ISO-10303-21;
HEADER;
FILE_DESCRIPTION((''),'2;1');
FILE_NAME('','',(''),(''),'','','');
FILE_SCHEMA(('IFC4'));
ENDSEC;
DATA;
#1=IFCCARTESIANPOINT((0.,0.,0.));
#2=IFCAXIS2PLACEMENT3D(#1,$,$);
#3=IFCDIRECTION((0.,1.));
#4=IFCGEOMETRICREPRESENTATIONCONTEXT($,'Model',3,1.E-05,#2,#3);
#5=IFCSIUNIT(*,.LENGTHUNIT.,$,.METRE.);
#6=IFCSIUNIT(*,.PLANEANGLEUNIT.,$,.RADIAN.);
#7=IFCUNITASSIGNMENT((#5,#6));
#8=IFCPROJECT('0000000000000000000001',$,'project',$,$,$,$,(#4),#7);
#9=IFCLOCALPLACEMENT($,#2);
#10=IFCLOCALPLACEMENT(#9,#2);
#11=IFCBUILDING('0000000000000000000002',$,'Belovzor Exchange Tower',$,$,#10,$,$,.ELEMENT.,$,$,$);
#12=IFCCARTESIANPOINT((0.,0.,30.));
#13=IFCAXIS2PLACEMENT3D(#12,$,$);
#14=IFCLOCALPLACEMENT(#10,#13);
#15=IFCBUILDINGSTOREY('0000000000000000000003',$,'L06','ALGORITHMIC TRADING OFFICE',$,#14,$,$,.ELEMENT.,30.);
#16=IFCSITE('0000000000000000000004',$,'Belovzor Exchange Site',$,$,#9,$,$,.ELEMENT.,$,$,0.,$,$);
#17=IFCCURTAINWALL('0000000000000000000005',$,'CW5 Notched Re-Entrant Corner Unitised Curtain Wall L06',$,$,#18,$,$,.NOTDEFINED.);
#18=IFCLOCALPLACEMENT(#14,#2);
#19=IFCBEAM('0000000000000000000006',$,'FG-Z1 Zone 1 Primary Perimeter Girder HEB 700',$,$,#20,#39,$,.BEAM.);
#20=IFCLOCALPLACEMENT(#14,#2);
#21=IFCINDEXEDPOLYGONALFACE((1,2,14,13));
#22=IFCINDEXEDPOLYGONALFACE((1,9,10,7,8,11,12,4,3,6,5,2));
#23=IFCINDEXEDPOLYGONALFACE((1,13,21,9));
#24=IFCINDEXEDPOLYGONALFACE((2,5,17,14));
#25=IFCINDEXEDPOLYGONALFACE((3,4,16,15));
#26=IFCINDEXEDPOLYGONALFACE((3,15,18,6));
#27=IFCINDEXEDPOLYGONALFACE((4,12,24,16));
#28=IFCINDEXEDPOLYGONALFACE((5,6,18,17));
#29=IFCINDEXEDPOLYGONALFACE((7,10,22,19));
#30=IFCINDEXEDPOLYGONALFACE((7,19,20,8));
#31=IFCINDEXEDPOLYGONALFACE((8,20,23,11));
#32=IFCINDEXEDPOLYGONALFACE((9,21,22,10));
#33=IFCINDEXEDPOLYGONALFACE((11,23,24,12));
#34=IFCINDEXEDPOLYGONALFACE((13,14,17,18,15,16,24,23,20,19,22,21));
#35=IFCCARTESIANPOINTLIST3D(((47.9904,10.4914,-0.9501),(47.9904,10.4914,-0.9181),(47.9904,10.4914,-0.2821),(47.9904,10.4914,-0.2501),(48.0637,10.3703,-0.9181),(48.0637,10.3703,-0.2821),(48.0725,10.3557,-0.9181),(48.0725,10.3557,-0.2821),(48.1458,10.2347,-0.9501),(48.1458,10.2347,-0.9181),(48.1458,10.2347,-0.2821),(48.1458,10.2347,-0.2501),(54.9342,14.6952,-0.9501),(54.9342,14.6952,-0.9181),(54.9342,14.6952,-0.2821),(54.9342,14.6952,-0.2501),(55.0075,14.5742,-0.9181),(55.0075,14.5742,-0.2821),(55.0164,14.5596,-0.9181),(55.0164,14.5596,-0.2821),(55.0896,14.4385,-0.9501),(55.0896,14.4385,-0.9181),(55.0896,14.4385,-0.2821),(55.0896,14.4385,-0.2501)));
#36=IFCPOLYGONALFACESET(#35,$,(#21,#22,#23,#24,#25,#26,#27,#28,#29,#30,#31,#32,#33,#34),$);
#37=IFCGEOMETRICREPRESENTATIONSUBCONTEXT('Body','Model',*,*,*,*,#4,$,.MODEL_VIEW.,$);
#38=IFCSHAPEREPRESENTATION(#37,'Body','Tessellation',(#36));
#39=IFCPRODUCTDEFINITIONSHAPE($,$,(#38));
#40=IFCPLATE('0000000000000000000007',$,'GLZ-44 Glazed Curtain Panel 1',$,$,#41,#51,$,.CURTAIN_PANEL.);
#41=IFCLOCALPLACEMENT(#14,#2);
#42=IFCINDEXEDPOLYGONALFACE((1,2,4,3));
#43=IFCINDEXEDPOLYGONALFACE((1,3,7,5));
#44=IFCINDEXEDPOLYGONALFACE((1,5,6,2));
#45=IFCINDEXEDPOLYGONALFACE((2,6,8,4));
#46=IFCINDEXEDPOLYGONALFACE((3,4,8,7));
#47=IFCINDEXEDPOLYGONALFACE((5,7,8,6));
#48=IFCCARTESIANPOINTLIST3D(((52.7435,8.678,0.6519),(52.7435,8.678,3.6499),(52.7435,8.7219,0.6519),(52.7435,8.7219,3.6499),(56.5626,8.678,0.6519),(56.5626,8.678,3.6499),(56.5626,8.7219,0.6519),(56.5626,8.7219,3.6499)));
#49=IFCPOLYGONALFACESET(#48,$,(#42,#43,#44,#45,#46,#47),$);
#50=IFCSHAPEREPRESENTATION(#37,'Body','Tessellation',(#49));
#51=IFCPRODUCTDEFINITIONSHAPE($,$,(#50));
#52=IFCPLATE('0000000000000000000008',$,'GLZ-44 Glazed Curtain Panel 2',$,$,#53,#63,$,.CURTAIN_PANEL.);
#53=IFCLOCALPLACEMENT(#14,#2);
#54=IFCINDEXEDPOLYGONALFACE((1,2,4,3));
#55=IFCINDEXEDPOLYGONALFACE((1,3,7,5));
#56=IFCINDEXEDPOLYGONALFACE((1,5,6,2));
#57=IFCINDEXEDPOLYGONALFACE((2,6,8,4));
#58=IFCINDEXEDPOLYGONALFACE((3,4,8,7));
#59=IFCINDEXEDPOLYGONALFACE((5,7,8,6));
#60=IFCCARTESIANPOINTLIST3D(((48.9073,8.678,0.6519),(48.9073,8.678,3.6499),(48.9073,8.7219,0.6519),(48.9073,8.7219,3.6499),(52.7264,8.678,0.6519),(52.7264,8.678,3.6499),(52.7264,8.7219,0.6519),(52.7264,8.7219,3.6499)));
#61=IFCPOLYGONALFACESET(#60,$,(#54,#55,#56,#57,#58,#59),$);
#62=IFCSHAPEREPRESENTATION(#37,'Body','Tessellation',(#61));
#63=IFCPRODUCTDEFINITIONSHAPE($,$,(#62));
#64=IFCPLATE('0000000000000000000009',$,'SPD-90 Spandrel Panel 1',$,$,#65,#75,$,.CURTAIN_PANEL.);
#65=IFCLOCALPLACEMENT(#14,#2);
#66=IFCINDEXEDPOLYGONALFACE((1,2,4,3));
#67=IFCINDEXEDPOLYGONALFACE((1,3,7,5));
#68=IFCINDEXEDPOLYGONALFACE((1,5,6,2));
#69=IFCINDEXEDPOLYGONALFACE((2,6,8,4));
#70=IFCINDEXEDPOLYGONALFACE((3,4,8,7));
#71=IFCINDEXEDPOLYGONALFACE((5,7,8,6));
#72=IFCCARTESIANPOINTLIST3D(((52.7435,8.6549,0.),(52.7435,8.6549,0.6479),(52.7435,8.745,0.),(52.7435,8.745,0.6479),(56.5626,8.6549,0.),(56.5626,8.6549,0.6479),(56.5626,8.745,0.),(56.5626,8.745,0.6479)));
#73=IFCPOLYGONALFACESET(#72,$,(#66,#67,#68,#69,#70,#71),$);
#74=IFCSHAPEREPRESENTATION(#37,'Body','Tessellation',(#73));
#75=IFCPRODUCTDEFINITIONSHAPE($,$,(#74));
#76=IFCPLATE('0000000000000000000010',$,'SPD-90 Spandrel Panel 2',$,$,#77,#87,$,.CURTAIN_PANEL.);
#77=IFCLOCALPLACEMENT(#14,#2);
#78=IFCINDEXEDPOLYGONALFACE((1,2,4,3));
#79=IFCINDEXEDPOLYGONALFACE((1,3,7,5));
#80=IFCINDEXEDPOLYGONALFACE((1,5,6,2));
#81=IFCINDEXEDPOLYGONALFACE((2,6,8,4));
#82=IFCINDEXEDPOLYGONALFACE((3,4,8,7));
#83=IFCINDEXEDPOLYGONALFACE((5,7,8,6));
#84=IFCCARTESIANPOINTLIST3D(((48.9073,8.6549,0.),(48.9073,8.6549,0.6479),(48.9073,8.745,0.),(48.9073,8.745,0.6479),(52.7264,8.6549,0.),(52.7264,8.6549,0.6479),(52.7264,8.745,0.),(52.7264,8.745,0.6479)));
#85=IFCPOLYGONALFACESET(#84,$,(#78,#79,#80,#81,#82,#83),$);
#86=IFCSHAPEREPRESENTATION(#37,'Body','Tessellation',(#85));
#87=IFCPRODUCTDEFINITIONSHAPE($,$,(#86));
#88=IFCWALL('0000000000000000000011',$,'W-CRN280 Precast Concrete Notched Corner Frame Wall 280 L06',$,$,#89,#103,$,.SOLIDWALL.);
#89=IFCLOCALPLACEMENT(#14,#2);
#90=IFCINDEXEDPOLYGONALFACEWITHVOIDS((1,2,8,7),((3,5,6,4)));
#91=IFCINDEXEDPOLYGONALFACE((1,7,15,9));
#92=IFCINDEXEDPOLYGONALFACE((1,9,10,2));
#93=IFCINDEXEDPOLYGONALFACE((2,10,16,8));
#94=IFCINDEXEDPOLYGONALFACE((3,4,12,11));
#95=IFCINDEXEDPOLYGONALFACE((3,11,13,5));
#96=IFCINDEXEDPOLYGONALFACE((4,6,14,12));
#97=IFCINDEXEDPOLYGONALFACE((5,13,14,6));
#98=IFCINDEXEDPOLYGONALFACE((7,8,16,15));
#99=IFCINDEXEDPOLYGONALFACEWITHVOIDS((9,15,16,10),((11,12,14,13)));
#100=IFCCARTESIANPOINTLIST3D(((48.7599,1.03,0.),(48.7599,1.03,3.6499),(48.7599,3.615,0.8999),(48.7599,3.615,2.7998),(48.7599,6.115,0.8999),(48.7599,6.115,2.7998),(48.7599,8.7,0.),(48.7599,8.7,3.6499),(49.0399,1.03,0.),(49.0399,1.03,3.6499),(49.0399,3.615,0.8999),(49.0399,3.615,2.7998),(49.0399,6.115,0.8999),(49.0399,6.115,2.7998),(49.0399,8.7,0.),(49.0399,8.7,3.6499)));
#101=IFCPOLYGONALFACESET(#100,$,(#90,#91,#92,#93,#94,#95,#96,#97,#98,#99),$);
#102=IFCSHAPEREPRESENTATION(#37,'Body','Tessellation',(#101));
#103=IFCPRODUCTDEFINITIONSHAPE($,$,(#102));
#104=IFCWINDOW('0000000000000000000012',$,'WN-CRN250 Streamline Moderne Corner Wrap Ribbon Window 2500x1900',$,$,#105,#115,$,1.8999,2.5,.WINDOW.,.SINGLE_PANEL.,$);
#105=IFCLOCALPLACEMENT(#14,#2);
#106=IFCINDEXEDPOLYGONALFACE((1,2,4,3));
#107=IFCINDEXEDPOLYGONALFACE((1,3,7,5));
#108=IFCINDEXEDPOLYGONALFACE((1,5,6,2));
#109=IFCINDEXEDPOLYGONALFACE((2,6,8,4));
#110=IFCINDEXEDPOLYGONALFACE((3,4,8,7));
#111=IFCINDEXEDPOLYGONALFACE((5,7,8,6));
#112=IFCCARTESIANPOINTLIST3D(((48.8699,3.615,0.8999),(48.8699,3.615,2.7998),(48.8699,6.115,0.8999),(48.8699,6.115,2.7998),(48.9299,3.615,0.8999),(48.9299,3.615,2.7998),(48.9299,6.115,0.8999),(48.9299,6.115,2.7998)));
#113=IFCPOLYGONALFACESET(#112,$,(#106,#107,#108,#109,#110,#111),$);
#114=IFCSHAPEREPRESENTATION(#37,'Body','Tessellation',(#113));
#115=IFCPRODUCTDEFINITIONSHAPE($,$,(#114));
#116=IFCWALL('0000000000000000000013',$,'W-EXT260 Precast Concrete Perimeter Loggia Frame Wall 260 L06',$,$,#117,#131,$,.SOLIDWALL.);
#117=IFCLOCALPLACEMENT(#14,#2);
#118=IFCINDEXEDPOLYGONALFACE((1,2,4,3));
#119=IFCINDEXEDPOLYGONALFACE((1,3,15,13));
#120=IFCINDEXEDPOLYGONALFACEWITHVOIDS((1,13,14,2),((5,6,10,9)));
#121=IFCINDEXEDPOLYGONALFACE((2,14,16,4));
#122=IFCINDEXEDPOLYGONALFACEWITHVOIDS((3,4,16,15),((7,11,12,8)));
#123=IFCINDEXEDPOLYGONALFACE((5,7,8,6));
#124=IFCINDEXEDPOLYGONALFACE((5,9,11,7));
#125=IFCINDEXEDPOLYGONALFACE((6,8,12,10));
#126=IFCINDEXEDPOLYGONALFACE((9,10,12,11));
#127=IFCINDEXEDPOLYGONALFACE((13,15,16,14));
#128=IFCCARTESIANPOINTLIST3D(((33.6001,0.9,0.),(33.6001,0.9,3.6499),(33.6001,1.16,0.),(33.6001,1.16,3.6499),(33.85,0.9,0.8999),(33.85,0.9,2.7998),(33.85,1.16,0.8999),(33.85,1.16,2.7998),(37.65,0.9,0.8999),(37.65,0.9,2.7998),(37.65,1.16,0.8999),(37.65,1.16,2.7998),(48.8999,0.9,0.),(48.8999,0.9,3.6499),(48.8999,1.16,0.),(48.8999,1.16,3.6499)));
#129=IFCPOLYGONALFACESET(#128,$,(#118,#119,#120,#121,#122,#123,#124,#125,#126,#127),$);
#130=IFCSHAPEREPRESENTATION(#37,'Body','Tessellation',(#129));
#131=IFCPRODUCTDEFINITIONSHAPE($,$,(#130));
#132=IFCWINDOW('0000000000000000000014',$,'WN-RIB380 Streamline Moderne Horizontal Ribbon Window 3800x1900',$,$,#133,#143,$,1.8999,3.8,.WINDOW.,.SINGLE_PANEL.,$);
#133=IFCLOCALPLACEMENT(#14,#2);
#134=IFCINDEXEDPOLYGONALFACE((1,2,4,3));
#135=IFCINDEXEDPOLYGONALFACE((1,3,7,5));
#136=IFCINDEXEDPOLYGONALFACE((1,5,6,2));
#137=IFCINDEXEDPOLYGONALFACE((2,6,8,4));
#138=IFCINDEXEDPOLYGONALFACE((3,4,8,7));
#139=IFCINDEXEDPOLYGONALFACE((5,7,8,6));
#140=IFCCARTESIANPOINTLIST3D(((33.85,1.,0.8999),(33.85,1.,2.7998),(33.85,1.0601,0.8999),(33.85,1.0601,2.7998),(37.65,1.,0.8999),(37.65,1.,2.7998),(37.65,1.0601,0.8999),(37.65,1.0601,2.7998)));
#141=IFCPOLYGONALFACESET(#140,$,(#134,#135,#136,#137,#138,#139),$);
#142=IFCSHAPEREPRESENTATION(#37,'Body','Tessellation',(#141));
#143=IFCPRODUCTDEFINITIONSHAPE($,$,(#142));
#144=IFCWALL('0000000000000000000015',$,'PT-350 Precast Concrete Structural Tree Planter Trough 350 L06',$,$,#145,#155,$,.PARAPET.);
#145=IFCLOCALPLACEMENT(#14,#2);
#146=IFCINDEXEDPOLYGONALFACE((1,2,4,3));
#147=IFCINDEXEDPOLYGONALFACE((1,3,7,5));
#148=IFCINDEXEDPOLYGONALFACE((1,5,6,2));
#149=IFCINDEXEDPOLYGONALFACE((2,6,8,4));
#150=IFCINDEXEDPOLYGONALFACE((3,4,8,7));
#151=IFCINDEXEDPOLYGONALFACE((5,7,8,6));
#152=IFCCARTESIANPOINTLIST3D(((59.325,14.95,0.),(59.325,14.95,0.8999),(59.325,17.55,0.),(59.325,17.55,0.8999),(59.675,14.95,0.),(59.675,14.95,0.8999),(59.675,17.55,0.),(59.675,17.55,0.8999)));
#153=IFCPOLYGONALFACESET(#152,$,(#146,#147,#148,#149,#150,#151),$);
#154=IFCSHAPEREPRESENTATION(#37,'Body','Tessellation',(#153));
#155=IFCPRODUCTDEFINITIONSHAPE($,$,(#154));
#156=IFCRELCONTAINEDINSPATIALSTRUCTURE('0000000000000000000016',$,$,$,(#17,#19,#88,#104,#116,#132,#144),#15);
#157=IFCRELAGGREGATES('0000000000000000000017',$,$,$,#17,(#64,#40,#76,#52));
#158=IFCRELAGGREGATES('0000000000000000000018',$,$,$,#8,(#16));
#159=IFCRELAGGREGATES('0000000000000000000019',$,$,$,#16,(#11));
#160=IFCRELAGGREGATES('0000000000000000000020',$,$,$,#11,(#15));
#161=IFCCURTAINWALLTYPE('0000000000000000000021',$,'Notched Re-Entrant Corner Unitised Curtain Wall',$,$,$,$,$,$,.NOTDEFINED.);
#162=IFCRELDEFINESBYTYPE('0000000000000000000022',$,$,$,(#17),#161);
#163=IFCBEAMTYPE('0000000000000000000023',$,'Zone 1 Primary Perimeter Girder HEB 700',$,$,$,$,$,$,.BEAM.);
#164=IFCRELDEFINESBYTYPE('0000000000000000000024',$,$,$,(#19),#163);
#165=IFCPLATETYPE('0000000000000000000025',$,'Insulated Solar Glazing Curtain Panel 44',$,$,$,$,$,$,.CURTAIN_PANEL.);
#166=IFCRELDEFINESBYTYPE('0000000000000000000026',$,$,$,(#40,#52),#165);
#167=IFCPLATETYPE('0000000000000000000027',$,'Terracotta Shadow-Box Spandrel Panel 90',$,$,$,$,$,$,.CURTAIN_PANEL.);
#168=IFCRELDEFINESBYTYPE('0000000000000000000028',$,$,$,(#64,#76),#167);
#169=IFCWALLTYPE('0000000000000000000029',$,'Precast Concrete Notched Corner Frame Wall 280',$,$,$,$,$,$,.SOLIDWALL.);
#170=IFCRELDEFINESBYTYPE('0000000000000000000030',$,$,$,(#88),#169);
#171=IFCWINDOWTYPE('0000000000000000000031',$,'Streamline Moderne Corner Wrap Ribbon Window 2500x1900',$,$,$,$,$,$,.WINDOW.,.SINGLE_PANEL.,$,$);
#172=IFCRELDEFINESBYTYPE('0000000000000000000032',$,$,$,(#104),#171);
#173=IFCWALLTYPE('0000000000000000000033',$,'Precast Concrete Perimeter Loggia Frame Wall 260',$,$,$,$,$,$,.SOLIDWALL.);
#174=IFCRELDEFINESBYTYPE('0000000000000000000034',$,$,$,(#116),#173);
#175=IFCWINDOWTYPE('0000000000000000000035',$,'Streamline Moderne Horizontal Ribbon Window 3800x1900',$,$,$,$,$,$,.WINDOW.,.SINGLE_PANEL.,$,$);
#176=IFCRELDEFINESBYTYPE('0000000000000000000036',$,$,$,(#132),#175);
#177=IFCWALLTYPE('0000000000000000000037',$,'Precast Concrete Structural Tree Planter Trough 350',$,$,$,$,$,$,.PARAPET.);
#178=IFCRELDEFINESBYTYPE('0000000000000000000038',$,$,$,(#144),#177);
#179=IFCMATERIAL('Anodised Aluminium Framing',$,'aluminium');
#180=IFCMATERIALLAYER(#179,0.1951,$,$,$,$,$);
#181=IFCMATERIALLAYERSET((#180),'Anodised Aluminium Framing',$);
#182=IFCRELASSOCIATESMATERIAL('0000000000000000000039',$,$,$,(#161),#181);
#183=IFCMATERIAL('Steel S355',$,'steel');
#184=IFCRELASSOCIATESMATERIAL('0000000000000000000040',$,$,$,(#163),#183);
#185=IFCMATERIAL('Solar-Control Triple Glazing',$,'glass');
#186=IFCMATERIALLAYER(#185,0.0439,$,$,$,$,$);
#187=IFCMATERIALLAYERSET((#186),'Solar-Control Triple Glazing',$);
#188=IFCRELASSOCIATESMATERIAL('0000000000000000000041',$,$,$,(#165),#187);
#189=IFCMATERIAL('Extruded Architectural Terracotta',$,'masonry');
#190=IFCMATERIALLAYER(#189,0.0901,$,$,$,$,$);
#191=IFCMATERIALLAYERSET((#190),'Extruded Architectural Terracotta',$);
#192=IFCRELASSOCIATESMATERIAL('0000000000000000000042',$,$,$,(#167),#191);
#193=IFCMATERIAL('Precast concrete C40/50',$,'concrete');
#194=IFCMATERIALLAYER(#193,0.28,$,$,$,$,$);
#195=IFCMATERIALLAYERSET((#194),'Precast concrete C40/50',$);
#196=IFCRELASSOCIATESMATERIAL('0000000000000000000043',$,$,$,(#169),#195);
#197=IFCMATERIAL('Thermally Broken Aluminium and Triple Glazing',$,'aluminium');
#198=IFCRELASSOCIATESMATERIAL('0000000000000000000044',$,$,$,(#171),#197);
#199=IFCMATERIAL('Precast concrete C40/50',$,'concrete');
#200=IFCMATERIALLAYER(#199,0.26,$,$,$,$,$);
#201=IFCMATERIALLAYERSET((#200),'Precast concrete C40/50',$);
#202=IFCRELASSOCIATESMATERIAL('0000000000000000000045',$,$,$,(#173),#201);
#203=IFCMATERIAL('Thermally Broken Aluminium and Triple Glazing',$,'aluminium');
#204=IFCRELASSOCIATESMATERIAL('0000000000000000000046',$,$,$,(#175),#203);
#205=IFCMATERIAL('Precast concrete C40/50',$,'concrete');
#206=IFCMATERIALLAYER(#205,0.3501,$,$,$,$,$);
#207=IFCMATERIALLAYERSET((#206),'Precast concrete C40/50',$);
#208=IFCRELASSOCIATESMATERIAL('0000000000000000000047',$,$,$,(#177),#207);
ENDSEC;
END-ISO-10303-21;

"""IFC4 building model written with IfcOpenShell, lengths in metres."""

from ifc_helpers import new_model, si_unit, direction, frame, frame_2d, origin, origin_2d, place, context, subcontext, project, spatial, rectangle, i_section, extrude, material, layer, layer_set, material_profile, profile_set, type_object, element, fill, aggregate, save


model = new_model("IFC4")

# Units and contexts
model_context = context("Model", 3, precision=1e-05, world=origin(), true_north=direction((0.0, 1.0)))
body_context = subcontext(model_context, "Body", "Model", "MODEL_VIEW")
ifc_project = project(units=[si_unit("LENGTHUNIT", "METRE"), si_unit("PLANEANGLEUNIT", "RADIAN")], contexts=[model_context])

# Site, building, storey
site_placement = place(None, origin())
site = spatial("IfcSite", under=ifc_project, at=site_placement, Name="Belovzor Exchange Site", CompositionType="ELEMENT", RefElevation=0.0)
building_placement = place(site_placement, origin())
building = spatial("IfcBuilding", under=site, at=building_placement, Name="Belovzor Exchange Tower", CompositionType="ELEMENT")
storey_placement = place(building_placement, frame((0.0, 0.0, 30.0)))
storey = spatial("IfcBuildingStorey", under=building, at=storey_placement, Name="L06", Description="ALGORITHMIC TRADING OFFICE", CompositionType="ELEMENT", Elevation=30.0)

# Curtain wall
ifc_material_1 = material(Name="Anodised Aluminium Framing", Category="aluminium")
ifc_layer_1 = layer(ifc_material_1, 0.1951)
ifc_layer_set_1 = layer_set([ifc_layer_1], Name="Anodised Aluminium Framing")
curtain_wall_type = type_object("IfcCurtainWallType", Name="Notched Re-Entrant Corner Unitised Curtain Wall", PredefinedType="NOTDEFINED", material=ifc_layer_set_1)
curtain_wall_placement = place(storey_placement, origin())
curtain_wall = element("IfcCurtainWall", 1, at=curtain_wall_placement, inside=storey, type_object=curtain_wall_type, Name="CW5 Notched Re-Entrant Corner Unitised Curtain Wall L06", PredefinedType="NOTDEFINED")

# Beam
ifc_material_2 = material(Name="Steel S355", Category="steel")
ifc_material_profile_1 = material_profile(ifc_material_2, i_section(OverallWidth=0.3, OverallDepth=0.7, WebThickness=0.0171, FlangeThickness=0.032, at=origin_2d()))
ifc_profile_set_1 = profile_set([ifc_material_profile_1], Name="Steel S355")
beam_type_1 = type_object("IfcBeamType", Name="Zone 1 Primary Perimeter Girder HEB 700", PredefinedType="BEAM", material=ifc_profile_set_1)
beam_1_placement = place(storey_placement, frame((48.0681, 10.363, -0.6001), z_axis=(0.855445, 0.517893, 0.0), x_axis=(-0.517893, 0.855445, 0.0)))
element("IfcBeam", 2, at=beam_1_placement, inside=storey, type_object=beam_type_1, Name="FG-Z1 Zone 1 Primary Perimeter Girder HEB 700", PredefinedType="BEAM", context=body_context, shape_type="SweptSolid", body=[
    extrude(i_section(OverallWidth=0.3, OverallDepth=0.7, WebThickness=0.0171, FlangeThickness=0.032, at=origin_2d()), origin(), (0.0, 0.0, 1.0), 8.1172),
])

# Plates
ifc_material_3 = material(Name="Solar-Control Triple Glazing", Category="glass")
ifc_layer_2 = layer(ifc_material_3, 0.0439)
ifc_layer_set_2 = layer_set([ifc_layer_2], Name="Solar-Control Triple Glazing")
plate_type_1 = type_object("IfcPlateType", Name="Insulated Solar Glazing Curtain Panel 44", PredefinedType="CURTAIN_PANEL", material=ifc_layer_set_2)
plate_1_placement = place(storey_placement, frame((54.6531, 8.7, 0.6519), z_axis=(0.0, 0.0, 1.0), x_axis=(-1.0, 0.0, 0.0)))
plate_1 = element("IfcPlate", 3, at=plate_1_placement, type_object=plate_type_1, Name="GLZ-44 Glazed Curtain Panel 1", PredefinedType="CURTAIN_PANEL", context=body_context, shape_type="SweptSolid", body=[
    extrude(rectangle(XDim=3.8191, YDim=0.0439, at=origin_2d()), origin(), (0.0, 0.0, 1.0), 2.998),
])
plate_2_placement = place(storey_placement, frame((50.8169, 8.7, 0.6519), z_axis=(0.0, 0.0, 1.0), x_axis=(-1.0, 0.0, 0.0)))
plate_2 = element("IfcPlate", 4, at=plate_2_placement, type_object=plate_type_1, Name="GLZ-44 Glazed Curtain Panel 2", PredefinedType="CURTAIN_PANEL", context=body_context, shape_type="SweptSolid", body=[
    extrude(rectangle(XDim=3.8191, YDim=0.0439, at=origin_2d()), origin(), (0.0, 0.0, 1.0), 2.998),
])
ifc_material_4 = material(Name="Extruded Architectural Terracotta", Category="masonry")
ifc_layer_3 = layer(ifc_material_4, 0.0901)
ifc_layer_set_3 = layer_set([ifc_layer_3], Name="Extruded Architectural Terracotta")
plate_type_2 = type_object("IfcPlateType", Name="Terracotta Shadow-Box Spandrel Panel 90", PredefinedType="CURTAIN_PANEL", material=ifc_layer_set_3)
plate_3_placement = place(storey_placement, frame((54.6531, 8.7, 0.0), z_axis=(0.0, 0.0, 1.0), x_axis=(-1.0, 0.0, 0.0)))
plate_3 = element("IfcPlate", 5, at=plate_3_placement, type_object=plate_type_2, Name="SPD-90 Spandrel Panel 1", PredefinedType="CURTAIN_PANEL", context=body_context, shape_type="SweptSolid", body=[
    extrude(rectangle(XDim=3.8191, YDim=0.0901, at=origin_2d()), origin(), (0.0, 0.0, 1.0), 0.6479),
])
plate_4_placement = place(storey_placement, frame((50.8169, 8.7, 0.0), z_axis=(0.0, 0.0, 1.0), x_axis=(-1.0, 0.0, 0.0)))
plate_4 = element("IfcPlate", 6, at=plate_4_placement, type_object=plate_type_2, Name="SPD-90 Spandrel Panel 2", PredefinedType="CURTAIN_PANEL", context=body_context, shape_type="SweptSolid", body=[
    extrude(rectangle(XDim=3.8191, YDim=0.0901, at=origin_2d()), origin(), (0.0, 0.0, 1.0), 0.6479),
])
aggregate(curtain_wall, [plate_3, plate_1, plate_4, plate_2])

# Walls, openings, windows
ifc_material_5 = material(Name="Precast concrete C40/50", Category="concrete")
ifc_layer_4 = layer(ifc_material_5, 0.28)
ifc_layer_set_4 = layer_set([ifc_layer_4], Name="Precast concrete C40/50")
wall_type_1 = type_object("IfcWallType", Name="Precast Concrete Notched Corner Frame Wall 280", PredefinedType="SOLIDWALL", material=ifc_layer_set_4)
wall_1_placement = place(storey_placement, frame((48.8999, 8.7, 0.0), z_axis=(0.0, 0.0, 1.0), x_axis=(0.0, -1.0, 0.0)))
wall_1 = element("IfcWall", 7, at=wall_1_placement, inside=storey, type_object=wall_type_1, Name="W-CRN280 Precast Concrete Notched Corner Frame Wall 280 L06", PredefinedType="SOLIDWALL", context=body_context, shape_type="SweptSolid", body=[
    extrude(rectangle(XDim=7.6699, YDim=0.28, at=frame_2d((3.835, 0.0))), origin(), (0.0, 0.0, 1.0), 3.6499),
])
opening_1_placement = place(wall_1_placement, frame((2.585, 0.0, 0.8999)))
opening_1 = element("IfcOpeningElement", 8, at=opening_1_placement, cuts=wall_1, PredefinedType="OPENING", context=body_context, shape_type="SweptSolid", body=[
    extrude(rectangle(XDim=2.5, YDim=1.8999, at=frame_2d((1.25, 0.95))), frame((0.0, 0.1499, 0.0), z_axis=(0.0, -1.0, 0.0), x_axis=(1.0, 0.0, 0.0)), (0.0, 0.0, 1.0), 0.3),
])
ifc_material_6 = material(Name="Thermally Broken Aluminium and Triple Glazing", Category="aluminium")
window_type_1 = type_object("IfcWindowType", Name="Streamline Moderne Corner Wrap Ribbon Window 2500x1900", PartitioningType="SINGLE_PANEL", PredefinedType="WINDOW", material=ifc_material_6)
window_1_placement = place(opening_1_placement, origin())
window_1 = element("IfcWindow", 9, at=window_1_placement, inside=storey, type_object=window_type_1, Name="WN-CRN250 Streamline Moderne Corner Wrap Ribbon Window 2500x1900", OverallHeight=1.8999, OverallWidth=2.5, PartitioningType="SINGLE_PANEL", PredefinedType="WINDOW", context=body_context, shape_type="SweptSolid", body=[
    extrude(rectangle(XDim=2.5, YDim=1.8999, at=frame_2d((1.25, 0.95))), frame((0.0, 0.03, 0.0), z_axis=(0.0, -1.0, 0.0), x_axis=(1.0, 0.0, 0.0)), (0.0, 0.0, 1.0), 0.0601),
])
fill(opening_1, window_1)
ifc_material_7 = material(Name="Precast concrete C40/50", Category="concrete")
ifc_layer_5 = layer(ifc_material_7, 0.26)
ifc_layer_set_5 = layer_set([ifc_layer_5], Name="Precast concrete C40/50")
wall_type_2 = type_object("IfcWallType", Name="Precast Concrete Perimeter Loggia Frame Wall 260", PredefinedType="SOLIDWALL", material=ifc_layer_set_5)
wall_2_placement = place(storey_placement, frame((48.8999, 1.03, 0.0), z_axis=(0.0, 0.0, 1.0), x_axis=(-1.0, 0.0, 0.0)))
wall_2 = element("IfcWall", 10, at=wall_2_placement, inside=storey, type_object=wall_type_2, Name="W-EXT260 Precast Concrete Perimeter Loggia Frame Wall 260 L06", PredefinedType="SOLIDWALL", context=body_context, shape_type="SweptSolid", body=[
    extrude(rectangle(XDim=15.2998, YDim=0.26, at=frame_2d((7.6499, 0.0))), origin(), (0.0, 0.0, 1.0), 3.6499),
])
opening_2_placement = place(wall_2_placement, frame((11.25, 0.0, 0.8999)))
opening_2 = element("IfcOpeningElement", 11, at=opening_2_placement, cuts=wall_2, PredefinedType="OPENING", context=body_context, shape_type="SweptSolid", body=[
    extrude(rectangle(XDim=3.8, YDim=1.8999, at=frame_2d((1.8999, 0.95))), frame((0.0, 0.1399, 0.0), z_axis=(0.0, -1.0, 0.0), x_axis=(1.0, 0.0, 0.0)), (0.0, 0.0, 1.0), 0.28),
])
ifc_material_8 = material(Name="Thermally Broken Aluminium and Triple Glazing", Category="aluminium")
window_type_2 = type_object("IfcWindowType", Name="Streamline Moderne Horizontal Ribbon Window 3800x1900", PartitioningType="SINGLE_PANEL", PredefinedType="WINDOW", material=ifc_material_8)
window_2_placement = place(opening_2_placement, origin())
window_2 = element("IfcWindow", 12, at=window_2_placement, inside=storey, type_object=window_type_2, Name="WN-RIB380 Streamline Moderne Horizontal Ribbon Window 3800x1900", OverallHeight=1.8999, OverallWidth=3.8, PartitioningType="SINGLE_PANEL", PredefinedType="WINDOW", context=body_context, shape_type="SweptSolid", body=[
    extrude(rectangle(XDim=3.8, YDim=1.8999, at=frame_2d((1.8999, 0.95))), frame((0.0, 0.03, 0.0), z_axis=(0.0, -1.0, 0.0), x_axis=(1.0, 0.0, 0.0)), (0.0, 0.0, 1.0), 0.0601),
])
fill(opening_2, window_2)

# Wall
ifc_material_9 = material(Name="Precast concrete C40/50", Category="concrete")
ifc_layer_6 = layer(ifc_material_9, 0.3501)
ifc_layer_set_6 = layer_set([ifc_layer_6], Name="Precast concrete C40/50")
wall_type_3 = type_object("IfcWallType", Name="Precast Concrete Structural Tree Planter Trough 350", PredefinedType="PARAPET", material=ifc_layer_set_6)
wall_3_placement = place(storey_placement, frame((59.5, 14.95, 0.0), z_axis=(0.0, 0.0, 1.0), x_axis=(0.0, 1.0, 0.0)))
element("IfcWall", 13, at=wall_3_placement, inside=storey, type_object=wall_type_3, Name="PT-350 Precast Concrete Structural Tree Planter Trough 350 L06", PredefinedType="PARAPET", context=body_context, shape_type="SweptSolid", body=[
    extrude(rectangle(XDim=2.6001, YDim=0.3501, at=frame_2d((1.3, 0.0))), origin(), (0.0, 0.0, 1.0), 0.8999),
])

save(model, "model.ifc")
